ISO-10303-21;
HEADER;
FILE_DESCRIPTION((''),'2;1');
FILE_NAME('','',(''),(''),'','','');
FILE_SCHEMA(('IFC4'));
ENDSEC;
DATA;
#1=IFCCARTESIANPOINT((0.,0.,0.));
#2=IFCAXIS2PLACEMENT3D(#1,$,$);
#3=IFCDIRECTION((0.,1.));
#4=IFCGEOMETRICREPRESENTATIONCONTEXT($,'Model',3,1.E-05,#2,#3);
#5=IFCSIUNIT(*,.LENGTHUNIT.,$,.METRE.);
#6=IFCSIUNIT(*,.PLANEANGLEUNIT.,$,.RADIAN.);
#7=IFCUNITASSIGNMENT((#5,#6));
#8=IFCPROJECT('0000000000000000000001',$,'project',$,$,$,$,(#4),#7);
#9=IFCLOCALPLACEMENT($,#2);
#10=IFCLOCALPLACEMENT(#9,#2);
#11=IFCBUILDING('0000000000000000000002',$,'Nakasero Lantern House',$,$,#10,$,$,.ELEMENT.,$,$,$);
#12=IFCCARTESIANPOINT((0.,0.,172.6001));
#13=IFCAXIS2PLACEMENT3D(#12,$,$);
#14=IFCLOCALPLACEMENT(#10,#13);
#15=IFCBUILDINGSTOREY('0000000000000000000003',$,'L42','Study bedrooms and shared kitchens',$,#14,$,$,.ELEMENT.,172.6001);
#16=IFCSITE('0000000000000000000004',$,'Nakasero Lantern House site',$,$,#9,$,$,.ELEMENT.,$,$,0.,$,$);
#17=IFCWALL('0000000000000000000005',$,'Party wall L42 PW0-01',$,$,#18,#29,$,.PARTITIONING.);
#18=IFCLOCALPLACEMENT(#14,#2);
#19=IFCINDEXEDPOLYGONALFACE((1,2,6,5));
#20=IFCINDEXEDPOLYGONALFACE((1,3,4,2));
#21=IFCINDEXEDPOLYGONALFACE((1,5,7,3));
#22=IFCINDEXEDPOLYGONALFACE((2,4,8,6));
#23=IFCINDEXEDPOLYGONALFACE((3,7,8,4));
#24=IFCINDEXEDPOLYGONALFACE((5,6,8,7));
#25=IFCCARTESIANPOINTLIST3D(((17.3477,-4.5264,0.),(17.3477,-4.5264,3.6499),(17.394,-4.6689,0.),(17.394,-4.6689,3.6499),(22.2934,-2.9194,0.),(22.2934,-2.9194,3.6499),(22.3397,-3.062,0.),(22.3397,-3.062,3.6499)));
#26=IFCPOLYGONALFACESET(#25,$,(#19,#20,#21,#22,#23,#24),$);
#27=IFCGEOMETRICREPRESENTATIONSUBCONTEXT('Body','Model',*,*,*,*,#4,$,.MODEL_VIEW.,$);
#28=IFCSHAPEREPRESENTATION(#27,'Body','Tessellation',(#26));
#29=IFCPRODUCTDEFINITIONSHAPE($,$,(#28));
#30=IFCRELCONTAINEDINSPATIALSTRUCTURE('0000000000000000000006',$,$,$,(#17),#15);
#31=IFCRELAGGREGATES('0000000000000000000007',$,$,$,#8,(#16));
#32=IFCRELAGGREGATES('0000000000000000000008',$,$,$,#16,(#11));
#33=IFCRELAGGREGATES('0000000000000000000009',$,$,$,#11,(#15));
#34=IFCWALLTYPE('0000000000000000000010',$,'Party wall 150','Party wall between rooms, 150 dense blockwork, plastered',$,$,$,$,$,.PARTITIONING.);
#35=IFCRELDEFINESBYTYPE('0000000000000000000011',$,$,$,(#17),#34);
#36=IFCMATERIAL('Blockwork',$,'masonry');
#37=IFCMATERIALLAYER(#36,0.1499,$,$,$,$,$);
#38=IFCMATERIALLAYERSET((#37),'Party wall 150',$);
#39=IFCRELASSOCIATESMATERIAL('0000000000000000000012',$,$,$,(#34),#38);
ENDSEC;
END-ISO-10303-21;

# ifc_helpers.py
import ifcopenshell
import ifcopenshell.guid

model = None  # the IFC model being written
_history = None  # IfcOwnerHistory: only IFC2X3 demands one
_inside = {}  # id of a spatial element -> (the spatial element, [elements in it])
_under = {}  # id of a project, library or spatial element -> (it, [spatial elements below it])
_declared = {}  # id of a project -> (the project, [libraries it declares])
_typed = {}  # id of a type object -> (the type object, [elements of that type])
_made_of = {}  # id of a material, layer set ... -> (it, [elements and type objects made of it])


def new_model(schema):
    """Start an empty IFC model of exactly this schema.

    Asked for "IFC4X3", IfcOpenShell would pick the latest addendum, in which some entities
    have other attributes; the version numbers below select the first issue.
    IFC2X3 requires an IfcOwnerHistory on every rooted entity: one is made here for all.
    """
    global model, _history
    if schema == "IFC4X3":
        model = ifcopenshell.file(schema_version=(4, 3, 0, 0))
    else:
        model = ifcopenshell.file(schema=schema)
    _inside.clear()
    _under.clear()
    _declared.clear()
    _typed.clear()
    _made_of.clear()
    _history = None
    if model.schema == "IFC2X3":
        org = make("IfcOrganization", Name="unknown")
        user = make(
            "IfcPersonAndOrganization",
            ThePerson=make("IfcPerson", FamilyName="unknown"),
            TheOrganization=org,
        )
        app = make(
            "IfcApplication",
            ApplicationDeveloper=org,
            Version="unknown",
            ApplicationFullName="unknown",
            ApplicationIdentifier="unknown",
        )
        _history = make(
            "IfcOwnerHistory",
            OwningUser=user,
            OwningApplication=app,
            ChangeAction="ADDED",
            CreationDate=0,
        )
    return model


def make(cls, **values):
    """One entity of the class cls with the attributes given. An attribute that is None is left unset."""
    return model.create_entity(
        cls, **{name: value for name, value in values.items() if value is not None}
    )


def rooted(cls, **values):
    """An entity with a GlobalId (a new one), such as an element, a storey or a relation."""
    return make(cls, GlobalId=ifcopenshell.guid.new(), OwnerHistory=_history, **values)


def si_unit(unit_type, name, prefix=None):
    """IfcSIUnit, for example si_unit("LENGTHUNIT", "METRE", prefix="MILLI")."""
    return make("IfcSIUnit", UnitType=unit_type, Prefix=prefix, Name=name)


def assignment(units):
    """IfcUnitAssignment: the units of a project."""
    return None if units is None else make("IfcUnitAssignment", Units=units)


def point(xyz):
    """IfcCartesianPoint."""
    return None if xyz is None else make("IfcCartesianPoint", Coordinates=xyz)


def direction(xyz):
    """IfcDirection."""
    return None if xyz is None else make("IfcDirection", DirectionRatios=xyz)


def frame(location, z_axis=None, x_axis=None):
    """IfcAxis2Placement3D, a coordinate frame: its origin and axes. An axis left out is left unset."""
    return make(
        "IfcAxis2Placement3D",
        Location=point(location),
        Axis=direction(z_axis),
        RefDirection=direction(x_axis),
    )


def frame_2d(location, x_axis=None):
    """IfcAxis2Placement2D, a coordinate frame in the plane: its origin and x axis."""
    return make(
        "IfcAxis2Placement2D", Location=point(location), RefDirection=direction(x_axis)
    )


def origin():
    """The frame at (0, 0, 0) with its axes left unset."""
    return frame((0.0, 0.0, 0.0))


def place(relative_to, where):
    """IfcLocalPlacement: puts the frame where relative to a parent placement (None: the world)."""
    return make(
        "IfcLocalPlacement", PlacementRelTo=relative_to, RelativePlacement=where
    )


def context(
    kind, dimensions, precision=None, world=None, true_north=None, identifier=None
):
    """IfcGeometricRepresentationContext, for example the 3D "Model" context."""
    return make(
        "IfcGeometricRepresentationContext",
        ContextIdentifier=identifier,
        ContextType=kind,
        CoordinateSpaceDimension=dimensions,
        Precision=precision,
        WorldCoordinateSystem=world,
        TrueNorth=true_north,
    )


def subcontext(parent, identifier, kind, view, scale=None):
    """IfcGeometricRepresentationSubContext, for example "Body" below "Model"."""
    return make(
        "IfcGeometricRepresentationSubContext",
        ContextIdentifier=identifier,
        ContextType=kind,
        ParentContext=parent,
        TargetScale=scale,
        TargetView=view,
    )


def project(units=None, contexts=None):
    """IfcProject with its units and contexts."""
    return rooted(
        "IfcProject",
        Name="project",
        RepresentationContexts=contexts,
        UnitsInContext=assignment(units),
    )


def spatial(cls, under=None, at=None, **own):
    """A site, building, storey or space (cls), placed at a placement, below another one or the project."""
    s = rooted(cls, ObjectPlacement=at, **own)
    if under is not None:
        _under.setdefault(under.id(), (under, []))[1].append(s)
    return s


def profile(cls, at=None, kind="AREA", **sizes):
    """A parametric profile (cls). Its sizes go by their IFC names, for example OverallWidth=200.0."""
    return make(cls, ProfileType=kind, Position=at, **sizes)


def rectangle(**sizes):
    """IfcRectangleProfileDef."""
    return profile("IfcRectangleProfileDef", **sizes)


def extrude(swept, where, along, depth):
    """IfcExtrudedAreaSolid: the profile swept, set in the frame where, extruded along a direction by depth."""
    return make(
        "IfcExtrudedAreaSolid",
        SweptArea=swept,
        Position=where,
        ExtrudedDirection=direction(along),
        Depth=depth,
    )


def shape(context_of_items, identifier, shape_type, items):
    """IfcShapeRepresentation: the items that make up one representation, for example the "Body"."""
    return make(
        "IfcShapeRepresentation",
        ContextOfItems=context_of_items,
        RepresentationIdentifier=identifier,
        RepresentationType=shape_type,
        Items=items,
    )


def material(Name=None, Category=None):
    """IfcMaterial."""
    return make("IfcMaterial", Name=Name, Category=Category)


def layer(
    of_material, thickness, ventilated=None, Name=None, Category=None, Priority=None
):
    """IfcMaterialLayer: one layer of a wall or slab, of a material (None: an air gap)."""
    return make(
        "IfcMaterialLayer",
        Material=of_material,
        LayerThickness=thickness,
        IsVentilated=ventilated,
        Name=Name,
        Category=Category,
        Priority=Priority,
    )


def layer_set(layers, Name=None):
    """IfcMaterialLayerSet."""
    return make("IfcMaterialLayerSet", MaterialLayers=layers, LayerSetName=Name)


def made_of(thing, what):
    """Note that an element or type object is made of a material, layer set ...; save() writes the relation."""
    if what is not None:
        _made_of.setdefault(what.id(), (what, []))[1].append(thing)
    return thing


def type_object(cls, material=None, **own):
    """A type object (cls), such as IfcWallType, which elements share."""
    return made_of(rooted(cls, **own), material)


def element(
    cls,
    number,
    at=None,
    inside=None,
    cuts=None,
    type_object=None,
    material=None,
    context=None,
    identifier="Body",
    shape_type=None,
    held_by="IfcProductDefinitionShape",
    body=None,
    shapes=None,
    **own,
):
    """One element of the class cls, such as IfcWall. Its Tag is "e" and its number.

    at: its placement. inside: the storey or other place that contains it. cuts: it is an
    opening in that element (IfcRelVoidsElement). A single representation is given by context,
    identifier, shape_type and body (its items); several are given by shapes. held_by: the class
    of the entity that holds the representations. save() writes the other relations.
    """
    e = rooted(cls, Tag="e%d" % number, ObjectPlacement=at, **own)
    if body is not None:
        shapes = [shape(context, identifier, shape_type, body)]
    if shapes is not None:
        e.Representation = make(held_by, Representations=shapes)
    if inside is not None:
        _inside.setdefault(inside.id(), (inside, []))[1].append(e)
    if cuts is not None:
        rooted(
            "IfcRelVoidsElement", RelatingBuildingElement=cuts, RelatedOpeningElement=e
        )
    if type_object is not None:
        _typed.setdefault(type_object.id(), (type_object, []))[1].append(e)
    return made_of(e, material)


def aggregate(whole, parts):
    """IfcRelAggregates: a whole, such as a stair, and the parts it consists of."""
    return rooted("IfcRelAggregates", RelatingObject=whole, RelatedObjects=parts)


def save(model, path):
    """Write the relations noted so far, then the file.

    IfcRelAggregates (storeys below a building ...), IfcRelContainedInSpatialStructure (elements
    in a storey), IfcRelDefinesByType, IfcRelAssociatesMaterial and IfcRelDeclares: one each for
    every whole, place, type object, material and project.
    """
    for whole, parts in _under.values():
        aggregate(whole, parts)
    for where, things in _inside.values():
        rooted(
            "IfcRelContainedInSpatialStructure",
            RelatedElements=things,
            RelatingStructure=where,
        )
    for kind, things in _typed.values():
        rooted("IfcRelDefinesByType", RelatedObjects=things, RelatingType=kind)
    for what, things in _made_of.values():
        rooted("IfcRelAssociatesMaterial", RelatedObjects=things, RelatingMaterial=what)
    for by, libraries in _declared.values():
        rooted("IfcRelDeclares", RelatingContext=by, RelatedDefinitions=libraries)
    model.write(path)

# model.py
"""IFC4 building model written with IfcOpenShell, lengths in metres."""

from ifc_helpers import new_model, si_unit, direction, frame, frame_2d, origin, place, context, subcontext, project, spatial, rectangle, extrude, material, layer, layer_set, type_object, element, save


model = new_model("IFC4")

# Units and contexts
model_context = context("Model", 3, precision=1e-05, world=origin(), true_north=direction((0.0, 1.0)))
body_context = subcontext(model_context, "Body", "Model", "MODEL_VIEW")
ifc_project = project(units=[si_unit("LENGTHUNIT", "METRE"), si_unit("PLANEANGLEUNIT", "RADIAN")], contexts=[model_context])

# Site, building, storey
site_placement = place(None, origin())
site = spatial("IfcSite", under=ifc_project, at=site_placement, Name="Nakasero Lantern House site", CompositionType="ELEMENT", RefElevation=0.0)
building_placement = place(site_placement, origin())
building = spatial("IfcBuilding", under=site, at=building_placement, Name="Nakasero Lantern House", CompositionType="ELEMENT")
storey_placement = place(building_placement, frame((0.0, 0.0, 172.6001)))
storey = spatial("IfcBuildingStorey", under=building, at=storey_placement, Name="L42", Description="Study bedrooms and shared kitchens", CompositionType="ELEMENT", Elevation=172.6001)

# Wall
ifc_material_1 = material(Name="Blockwork", Category="masonry")
ifc_layer_1 = layer(ifc_material_1, 0.1499)
ifc_layer_set_1 = layer_set([ifc_layer_1], Name="Party wall 150")
wall_type_1 = type_object("IfcWallType", Name="Party wall 150", Description="Party wall between rooms, 150 dense blockwork, plastered", PredefinedType="PARTITIONING", material=ifc_layer_set_1)
wall_1_placement = place(storey_placement, frame((17.3708, -4.5977, 0.0), z_axis=(0.0, 0.0, 1.0), x_axis=(0.951055, 0.309021, 0.0)))
element("IfcWall", 1, at=wall_1_placement, inside=storey, type_object=wall_type_1, Name="Party wall L42 PW0-01", PredefinedType="PARTITIONING", context=body_context, shape_type="SweptSolid", body=[
    extrude(rectangle(XDim=5.2002, YDim=0.1499, at=frame_2d((2.6001, 0.0))), origin(), (0.0, 0.0, 1.0), 3.6499),
])

save(model, "model.ifc")
